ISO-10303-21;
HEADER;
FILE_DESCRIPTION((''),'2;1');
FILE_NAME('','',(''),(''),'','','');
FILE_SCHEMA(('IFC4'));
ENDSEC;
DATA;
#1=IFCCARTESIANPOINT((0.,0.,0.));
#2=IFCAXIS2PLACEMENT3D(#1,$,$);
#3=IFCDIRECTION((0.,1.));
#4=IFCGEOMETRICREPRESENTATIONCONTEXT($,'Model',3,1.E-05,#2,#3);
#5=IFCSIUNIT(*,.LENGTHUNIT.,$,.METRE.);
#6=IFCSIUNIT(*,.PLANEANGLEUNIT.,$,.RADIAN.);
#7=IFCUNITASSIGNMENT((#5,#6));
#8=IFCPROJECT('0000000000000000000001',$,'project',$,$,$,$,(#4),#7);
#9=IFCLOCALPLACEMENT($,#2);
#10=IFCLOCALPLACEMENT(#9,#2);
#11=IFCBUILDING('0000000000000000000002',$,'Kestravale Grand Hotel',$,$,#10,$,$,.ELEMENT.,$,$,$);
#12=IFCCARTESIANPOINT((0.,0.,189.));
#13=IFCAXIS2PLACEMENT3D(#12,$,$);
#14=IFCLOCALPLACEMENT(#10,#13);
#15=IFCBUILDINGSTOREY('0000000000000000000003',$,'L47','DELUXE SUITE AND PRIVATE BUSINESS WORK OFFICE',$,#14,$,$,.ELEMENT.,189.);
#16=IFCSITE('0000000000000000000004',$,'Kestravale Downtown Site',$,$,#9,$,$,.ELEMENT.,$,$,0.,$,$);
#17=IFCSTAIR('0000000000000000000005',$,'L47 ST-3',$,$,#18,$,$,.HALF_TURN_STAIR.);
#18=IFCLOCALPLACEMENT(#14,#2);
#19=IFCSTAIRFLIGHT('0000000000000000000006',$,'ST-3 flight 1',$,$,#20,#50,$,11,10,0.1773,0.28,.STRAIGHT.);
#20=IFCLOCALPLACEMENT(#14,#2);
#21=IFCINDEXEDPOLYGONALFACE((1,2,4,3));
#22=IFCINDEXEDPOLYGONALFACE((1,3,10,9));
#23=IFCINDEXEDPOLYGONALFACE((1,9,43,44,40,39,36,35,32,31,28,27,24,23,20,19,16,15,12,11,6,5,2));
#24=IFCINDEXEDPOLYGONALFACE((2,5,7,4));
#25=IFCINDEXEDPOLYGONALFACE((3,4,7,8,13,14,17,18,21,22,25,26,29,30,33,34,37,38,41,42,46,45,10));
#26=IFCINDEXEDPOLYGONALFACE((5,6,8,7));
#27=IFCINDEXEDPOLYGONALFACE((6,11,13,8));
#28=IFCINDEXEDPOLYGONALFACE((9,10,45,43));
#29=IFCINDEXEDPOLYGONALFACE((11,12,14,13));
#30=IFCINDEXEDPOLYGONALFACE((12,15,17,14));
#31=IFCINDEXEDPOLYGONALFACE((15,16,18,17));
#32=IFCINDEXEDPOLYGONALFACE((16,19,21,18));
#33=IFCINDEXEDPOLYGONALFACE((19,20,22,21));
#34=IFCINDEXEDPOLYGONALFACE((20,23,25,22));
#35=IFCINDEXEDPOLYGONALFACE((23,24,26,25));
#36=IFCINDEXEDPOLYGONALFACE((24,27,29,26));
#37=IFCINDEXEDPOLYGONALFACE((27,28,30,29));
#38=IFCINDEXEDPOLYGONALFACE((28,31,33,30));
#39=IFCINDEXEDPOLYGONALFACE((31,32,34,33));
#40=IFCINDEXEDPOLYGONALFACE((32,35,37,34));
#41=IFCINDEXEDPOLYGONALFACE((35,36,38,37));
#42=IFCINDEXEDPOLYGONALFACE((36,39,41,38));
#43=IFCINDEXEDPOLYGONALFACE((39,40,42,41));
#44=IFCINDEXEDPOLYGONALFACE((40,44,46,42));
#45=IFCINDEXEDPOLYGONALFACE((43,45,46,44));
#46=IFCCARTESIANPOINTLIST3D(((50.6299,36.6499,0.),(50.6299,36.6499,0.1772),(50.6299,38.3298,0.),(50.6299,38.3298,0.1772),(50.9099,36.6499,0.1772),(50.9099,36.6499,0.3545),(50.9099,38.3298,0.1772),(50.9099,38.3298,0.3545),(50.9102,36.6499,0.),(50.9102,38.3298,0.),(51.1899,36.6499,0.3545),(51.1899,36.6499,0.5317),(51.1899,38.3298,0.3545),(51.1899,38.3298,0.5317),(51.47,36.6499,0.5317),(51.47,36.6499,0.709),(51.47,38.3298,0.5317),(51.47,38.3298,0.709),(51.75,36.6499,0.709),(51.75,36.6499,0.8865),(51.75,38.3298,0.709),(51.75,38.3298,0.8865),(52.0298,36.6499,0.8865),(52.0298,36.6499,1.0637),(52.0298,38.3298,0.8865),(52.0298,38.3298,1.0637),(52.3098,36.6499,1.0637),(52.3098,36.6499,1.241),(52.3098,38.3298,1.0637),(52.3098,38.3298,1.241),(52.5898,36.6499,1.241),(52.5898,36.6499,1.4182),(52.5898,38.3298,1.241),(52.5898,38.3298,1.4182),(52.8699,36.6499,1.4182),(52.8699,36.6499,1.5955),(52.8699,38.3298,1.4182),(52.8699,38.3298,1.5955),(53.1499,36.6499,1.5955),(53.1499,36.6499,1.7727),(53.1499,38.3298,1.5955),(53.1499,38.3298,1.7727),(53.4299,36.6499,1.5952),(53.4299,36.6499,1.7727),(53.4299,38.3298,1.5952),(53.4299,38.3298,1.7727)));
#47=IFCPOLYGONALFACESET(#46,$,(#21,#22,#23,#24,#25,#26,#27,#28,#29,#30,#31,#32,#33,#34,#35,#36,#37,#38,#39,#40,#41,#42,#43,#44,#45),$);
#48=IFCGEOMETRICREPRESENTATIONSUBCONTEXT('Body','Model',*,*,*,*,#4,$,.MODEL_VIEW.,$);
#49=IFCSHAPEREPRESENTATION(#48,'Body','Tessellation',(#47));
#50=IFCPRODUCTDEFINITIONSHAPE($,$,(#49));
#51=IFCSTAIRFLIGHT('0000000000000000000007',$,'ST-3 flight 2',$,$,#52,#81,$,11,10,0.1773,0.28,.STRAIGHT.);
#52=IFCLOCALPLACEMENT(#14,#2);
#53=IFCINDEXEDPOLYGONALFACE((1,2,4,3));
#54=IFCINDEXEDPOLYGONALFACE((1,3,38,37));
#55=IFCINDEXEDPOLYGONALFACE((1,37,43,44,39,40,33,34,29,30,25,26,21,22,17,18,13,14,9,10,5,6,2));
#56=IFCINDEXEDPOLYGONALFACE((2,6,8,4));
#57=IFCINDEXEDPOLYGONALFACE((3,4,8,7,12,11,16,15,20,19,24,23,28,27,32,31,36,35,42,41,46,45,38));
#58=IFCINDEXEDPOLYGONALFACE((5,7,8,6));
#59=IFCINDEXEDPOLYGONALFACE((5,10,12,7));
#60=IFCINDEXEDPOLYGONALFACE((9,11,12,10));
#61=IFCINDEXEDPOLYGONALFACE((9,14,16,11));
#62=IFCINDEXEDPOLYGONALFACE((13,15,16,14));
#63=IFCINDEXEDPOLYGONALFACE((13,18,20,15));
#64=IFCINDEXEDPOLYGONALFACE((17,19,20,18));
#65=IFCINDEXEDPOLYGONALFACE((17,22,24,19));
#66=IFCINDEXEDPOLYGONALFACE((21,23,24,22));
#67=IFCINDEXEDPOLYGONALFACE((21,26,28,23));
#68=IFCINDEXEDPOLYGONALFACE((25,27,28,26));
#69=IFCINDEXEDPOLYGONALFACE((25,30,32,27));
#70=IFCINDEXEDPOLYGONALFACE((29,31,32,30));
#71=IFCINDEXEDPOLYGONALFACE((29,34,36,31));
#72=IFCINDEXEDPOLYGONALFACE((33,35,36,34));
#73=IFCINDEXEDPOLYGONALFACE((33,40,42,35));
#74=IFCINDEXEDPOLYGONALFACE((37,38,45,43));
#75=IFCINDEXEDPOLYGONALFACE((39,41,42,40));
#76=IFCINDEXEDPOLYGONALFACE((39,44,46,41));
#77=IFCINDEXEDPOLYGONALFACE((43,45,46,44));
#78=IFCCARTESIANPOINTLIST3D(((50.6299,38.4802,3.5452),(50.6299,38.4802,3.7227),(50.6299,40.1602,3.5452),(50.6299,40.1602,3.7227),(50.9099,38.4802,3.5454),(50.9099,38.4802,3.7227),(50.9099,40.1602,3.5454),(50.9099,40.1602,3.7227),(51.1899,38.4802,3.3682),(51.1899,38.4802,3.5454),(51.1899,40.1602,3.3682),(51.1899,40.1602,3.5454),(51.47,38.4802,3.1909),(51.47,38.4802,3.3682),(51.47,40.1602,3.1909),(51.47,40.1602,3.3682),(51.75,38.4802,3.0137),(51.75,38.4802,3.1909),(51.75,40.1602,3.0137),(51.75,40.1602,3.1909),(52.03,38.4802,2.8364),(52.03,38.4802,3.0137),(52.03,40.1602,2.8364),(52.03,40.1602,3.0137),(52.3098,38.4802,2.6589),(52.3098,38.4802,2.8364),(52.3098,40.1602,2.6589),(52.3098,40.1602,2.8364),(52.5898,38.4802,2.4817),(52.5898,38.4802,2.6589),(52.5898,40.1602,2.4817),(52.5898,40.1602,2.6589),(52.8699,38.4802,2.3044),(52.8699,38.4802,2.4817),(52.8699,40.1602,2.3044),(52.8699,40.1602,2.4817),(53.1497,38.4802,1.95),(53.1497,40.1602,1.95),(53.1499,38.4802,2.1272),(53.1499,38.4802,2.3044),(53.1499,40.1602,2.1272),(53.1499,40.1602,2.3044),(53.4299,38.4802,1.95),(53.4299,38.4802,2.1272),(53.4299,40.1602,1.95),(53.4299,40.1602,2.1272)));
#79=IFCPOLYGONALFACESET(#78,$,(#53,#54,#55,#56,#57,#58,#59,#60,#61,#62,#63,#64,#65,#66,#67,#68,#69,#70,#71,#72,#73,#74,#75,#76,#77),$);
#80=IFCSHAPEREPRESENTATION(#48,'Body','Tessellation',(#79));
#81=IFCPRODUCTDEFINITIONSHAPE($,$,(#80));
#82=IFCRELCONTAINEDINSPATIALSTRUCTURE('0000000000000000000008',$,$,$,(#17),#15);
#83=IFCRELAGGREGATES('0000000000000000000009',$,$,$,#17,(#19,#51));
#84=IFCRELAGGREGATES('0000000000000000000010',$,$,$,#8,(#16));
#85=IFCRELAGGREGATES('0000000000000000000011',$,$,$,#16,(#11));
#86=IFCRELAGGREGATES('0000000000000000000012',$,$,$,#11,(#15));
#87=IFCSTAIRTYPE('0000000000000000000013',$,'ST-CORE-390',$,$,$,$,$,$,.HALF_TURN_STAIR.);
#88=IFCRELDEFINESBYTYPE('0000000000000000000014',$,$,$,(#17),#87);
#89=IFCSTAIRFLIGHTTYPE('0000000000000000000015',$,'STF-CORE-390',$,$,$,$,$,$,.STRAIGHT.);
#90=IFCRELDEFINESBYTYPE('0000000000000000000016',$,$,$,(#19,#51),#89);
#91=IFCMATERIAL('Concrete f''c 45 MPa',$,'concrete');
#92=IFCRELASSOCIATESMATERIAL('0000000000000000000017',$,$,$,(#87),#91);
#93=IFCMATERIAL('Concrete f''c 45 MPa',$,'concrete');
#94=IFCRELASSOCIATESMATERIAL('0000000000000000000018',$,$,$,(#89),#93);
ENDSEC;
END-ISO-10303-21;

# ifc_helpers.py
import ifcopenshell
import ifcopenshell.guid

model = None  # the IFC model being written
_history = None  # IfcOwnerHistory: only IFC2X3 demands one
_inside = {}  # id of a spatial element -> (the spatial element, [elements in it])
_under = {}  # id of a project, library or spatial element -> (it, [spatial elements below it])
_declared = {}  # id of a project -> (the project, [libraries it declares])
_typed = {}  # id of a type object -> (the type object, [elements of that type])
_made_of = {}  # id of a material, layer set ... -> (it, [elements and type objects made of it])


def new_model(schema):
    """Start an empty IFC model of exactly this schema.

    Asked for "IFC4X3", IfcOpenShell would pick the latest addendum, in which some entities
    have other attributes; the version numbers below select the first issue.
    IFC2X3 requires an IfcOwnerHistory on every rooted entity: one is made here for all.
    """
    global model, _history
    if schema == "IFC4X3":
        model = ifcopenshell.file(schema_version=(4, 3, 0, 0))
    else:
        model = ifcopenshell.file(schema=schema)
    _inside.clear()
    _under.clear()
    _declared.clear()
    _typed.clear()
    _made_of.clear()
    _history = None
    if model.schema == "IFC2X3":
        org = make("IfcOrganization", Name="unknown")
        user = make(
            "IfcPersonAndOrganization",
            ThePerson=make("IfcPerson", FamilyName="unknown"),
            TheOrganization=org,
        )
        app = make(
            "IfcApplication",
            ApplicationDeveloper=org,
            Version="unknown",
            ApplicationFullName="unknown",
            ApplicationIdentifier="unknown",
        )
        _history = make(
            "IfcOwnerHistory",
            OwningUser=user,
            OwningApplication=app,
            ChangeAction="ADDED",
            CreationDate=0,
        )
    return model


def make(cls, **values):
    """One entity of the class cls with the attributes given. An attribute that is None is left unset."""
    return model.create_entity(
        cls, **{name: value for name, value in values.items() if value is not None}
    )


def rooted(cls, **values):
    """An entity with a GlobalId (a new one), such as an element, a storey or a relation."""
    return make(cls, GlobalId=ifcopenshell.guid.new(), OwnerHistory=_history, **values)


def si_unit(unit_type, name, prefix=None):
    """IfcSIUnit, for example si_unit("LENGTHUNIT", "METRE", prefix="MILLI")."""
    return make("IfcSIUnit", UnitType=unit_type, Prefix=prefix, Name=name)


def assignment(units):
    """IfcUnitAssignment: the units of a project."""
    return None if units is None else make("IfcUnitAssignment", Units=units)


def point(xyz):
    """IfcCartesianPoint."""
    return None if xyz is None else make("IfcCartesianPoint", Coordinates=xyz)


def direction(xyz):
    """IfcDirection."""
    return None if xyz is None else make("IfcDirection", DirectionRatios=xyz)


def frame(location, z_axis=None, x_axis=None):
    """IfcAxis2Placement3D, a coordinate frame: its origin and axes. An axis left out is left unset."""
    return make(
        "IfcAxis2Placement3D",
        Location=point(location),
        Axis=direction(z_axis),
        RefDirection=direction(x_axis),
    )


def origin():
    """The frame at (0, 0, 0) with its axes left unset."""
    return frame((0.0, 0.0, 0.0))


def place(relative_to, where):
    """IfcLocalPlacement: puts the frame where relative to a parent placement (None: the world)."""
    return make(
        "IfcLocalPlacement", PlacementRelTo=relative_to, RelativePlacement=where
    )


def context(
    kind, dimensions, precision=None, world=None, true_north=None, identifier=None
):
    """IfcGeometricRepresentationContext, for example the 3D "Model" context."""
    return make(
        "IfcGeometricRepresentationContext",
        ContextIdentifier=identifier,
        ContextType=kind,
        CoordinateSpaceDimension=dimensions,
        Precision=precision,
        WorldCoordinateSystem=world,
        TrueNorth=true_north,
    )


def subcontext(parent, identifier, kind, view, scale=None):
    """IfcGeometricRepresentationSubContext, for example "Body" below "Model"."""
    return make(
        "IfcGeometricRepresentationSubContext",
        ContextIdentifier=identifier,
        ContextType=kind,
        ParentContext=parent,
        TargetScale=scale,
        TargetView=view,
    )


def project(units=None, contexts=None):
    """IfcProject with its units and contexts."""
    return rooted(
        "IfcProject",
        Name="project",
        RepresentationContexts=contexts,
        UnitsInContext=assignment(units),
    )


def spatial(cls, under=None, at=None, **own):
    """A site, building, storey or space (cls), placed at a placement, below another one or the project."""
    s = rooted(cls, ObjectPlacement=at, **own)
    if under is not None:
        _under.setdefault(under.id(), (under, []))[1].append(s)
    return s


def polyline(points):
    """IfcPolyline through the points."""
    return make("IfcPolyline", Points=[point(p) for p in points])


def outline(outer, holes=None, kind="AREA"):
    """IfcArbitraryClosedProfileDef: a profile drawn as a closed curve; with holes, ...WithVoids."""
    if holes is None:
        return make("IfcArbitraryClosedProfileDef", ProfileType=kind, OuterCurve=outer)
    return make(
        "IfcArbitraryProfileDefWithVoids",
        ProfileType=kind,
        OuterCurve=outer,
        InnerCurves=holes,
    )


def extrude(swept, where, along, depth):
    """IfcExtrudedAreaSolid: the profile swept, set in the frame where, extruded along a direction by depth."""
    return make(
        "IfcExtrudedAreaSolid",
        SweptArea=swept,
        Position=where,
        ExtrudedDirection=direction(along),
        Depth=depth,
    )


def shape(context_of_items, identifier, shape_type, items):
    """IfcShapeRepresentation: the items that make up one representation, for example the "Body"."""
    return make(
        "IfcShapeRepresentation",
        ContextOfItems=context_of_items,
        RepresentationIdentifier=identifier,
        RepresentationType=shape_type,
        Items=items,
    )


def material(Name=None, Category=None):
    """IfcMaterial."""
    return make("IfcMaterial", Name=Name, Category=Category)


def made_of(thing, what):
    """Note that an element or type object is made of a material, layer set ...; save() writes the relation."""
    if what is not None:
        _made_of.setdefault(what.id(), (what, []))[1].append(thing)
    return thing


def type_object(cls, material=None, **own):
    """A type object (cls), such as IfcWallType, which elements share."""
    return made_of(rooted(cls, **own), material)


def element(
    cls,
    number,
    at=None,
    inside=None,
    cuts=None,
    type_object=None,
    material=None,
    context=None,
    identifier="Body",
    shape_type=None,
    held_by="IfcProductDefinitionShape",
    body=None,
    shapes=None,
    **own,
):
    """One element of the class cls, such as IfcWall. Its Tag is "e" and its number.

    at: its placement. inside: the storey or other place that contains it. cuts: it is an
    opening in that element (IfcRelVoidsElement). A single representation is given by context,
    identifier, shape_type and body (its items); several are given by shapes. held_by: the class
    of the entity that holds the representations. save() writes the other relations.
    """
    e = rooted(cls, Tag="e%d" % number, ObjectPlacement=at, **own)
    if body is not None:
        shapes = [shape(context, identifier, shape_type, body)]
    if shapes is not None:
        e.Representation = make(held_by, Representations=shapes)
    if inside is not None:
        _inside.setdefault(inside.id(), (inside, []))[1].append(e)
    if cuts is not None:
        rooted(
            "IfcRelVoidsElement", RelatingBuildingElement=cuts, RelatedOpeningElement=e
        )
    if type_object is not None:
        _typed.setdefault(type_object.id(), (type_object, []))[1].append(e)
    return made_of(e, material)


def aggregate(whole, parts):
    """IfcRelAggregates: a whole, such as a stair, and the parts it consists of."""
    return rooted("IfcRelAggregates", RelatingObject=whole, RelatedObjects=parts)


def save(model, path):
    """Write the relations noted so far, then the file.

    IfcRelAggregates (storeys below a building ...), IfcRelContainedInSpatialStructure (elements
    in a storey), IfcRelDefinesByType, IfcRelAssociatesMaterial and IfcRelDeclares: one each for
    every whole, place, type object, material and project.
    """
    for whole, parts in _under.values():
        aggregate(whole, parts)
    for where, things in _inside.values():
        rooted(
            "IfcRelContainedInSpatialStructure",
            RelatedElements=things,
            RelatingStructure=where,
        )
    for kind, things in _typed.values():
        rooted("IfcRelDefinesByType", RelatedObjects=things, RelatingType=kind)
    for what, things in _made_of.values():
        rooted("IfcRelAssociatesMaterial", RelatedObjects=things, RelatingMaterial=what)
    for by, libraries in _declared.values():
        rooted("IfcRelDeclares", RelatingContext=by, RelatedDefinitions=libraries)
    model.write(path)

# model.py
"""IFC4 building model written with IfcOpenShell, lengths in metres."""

from ifc_helpers import new_model, si_unit, direction, frame, origin, place, context, subcontext, project, spatial, polyline, outline, extrude, material, type_object, element, aggregate, save


model = new_model("IFC4")

# Units and contexts
model_context = context("Model", 3, precision=1e-05, world=origin(), true_north=direction((0.0, 1.0)))
body_context = subcontext(model_context, "Body", "Model", "MODEL_VIEW")
ifc_project = project(units=[si_unit("LENGTHUNIT", "METRE"), si_unit("PLANEANGLEUNIT", "RADIAN")], contexts=[model_context])

# Site, building, storey
site_placement = place(None, origin())
site = spatial("IfcSite", under=ifc_project, at=site_placement, Name="Kestravale Downtown Site", CompositionType="ELEMENT", RefElevation=0.0)
building_placement = place(site_placement, origin())
building = spatial("IfcBuilding", under=site, at=building_placement, Name="Kestravale Grand Hotel", CompositionType="ELEMENT")
storey_placement = place(building_placement, frame((0.0, 0.0, 189.0)))
storey = spatial("IfcBuildingStorey", under=building, at=storey_placement, Name="L47", Description="DELUXE SUITE AND PRIVATE BUSINESS WORK OFFICE", CompositionType="ELEMENT", Elevation=189.0)

# Stair, stair flights
ifc_material_1 = material(Name="Concrete f'c 45 MPa", Category="concrete")
stair_type = type_object("IfcStairType", Name="ST-CORE-390", PredefinedType="HALF_TURN_STAIR", material=ifc_material_1)
stair_placement = place(storey_placement, origin())
stair = element("IfcStair", 1, at=stair_placement, inside=storey, type_object=stair_type, Name="L47 ST-3", PredefinedType="HALF_TURN_STAIR")
ifc_material_2 = material(Name="Concrete f'c 45 MPa", Category="concrete")
stair_flight_type = type_object("IfcStairFlightType", Name="STF-CORE-390", PredefinedType="STRAIGHT", material=ifc_material_2)
stair_flight_1_placement = place(storey_placement, frame((50.6299, 37.49, 0.0), z_axis=(0.0, 0.0, 1.0), x_axis=(1.0, 0.0, 0.0)))
stair_flight_1 = element("IfcStairFlight", 2, at=stair_flight_1_placement, type_object=stair_flight_type, Name="ST-3 flight 1", NumberOfRisers=11, NumberOfTreads=10, PredefinedType="STRAIGHT", RiserHeight=0.1773, TreadLength=0.28, context=body_context, shape_type="SweptSolid", body=[
    extrude(outline(polyline([(0.0, 0.0), (0.0, 0.1772), (0.28, 0.1772), (0.28, 0.3545), (0.5601, 0.3545), (0.5601, 0.5317), (0.8401, 0.5317), (0.8401, 0.709), (1.1201, 0.709), (1.1201, 0.8865), (1.3999, 0.8865), (1.3999, 1.0637), (1.6799, 1.0637), (1.6799, 1.241), (1.96, 1.241), (1.96, 1.4182), (2.24, 1.4182), (2.24, 1.5955), (2.52, 1.5955), (2.52, 1.7727), (2.8, 1.7727), (2.8, 1.95), (2.8, 1.5952), (0.2803, 0.0), (0.0, 0.0)])), frame((0.0, 0.8398, 0.0), z_axis=(0.0, -1.0, 0.0), x_axis=(1.0, 0.0, 0.0)), (0.0, 0.0, 1.0), 1.6799),
])
stair_flight_2_placement = place(storey_placement, frame((53.4299, 39.3201, 1.95), z_axis=(0.0, 0.0, 1.0), x_axis=(-1.0, 0.0, 0.0)))
stair_flight_2 = element("IfcStairFlight", 3, at=stair_flight_2_placement, type_object=stair_flight_type, Name="ST-3 flight 2", NumberOfRisers=11, NumberOfTreads=10, PredefinedType="STRAIGHT", RiserHeight=0.1773, TreadLength=0.28, context=body_context, shape_type="SweptSolid", body=[
    extrude(outline(polyline([(0.0, 0.0), (0.0, 0.1772), (0.28, 0.1772), (0.28, 0.3545), (0.5601, 0.3545), (0.5601, 0.5317), (0.8401, 0.5317), (0.8401, 0.709), (1.1201, 0.709), (1.1201, 0.8865), (1.3999, 0.8865), (1.3999, 1.0637), (1.6799, 1.0637), (1.6799, 1.241), (1.96, 1.241), (1.96, 1.4182), (2.24, 1.4182), (2.24, 1.5955), (2.52, 1.5955), (2.52, 1.7727), (2.8, 1.7727), (2.8, 1.95), (2.8, 1.5952), (0.2803, 0.0), (0.0, 0.0)])), frame((0.0, 0.8398, 0.0), z_axis=(0.0, -1.0, 0.0), x_axis=(1.0, 0.0, 0.0)), (0.0, 0.0, 1.0), 1.6799),
])
aggregate(stair, [stair_flight_1, stair_flight_2])

save(model, "model.ifc")
